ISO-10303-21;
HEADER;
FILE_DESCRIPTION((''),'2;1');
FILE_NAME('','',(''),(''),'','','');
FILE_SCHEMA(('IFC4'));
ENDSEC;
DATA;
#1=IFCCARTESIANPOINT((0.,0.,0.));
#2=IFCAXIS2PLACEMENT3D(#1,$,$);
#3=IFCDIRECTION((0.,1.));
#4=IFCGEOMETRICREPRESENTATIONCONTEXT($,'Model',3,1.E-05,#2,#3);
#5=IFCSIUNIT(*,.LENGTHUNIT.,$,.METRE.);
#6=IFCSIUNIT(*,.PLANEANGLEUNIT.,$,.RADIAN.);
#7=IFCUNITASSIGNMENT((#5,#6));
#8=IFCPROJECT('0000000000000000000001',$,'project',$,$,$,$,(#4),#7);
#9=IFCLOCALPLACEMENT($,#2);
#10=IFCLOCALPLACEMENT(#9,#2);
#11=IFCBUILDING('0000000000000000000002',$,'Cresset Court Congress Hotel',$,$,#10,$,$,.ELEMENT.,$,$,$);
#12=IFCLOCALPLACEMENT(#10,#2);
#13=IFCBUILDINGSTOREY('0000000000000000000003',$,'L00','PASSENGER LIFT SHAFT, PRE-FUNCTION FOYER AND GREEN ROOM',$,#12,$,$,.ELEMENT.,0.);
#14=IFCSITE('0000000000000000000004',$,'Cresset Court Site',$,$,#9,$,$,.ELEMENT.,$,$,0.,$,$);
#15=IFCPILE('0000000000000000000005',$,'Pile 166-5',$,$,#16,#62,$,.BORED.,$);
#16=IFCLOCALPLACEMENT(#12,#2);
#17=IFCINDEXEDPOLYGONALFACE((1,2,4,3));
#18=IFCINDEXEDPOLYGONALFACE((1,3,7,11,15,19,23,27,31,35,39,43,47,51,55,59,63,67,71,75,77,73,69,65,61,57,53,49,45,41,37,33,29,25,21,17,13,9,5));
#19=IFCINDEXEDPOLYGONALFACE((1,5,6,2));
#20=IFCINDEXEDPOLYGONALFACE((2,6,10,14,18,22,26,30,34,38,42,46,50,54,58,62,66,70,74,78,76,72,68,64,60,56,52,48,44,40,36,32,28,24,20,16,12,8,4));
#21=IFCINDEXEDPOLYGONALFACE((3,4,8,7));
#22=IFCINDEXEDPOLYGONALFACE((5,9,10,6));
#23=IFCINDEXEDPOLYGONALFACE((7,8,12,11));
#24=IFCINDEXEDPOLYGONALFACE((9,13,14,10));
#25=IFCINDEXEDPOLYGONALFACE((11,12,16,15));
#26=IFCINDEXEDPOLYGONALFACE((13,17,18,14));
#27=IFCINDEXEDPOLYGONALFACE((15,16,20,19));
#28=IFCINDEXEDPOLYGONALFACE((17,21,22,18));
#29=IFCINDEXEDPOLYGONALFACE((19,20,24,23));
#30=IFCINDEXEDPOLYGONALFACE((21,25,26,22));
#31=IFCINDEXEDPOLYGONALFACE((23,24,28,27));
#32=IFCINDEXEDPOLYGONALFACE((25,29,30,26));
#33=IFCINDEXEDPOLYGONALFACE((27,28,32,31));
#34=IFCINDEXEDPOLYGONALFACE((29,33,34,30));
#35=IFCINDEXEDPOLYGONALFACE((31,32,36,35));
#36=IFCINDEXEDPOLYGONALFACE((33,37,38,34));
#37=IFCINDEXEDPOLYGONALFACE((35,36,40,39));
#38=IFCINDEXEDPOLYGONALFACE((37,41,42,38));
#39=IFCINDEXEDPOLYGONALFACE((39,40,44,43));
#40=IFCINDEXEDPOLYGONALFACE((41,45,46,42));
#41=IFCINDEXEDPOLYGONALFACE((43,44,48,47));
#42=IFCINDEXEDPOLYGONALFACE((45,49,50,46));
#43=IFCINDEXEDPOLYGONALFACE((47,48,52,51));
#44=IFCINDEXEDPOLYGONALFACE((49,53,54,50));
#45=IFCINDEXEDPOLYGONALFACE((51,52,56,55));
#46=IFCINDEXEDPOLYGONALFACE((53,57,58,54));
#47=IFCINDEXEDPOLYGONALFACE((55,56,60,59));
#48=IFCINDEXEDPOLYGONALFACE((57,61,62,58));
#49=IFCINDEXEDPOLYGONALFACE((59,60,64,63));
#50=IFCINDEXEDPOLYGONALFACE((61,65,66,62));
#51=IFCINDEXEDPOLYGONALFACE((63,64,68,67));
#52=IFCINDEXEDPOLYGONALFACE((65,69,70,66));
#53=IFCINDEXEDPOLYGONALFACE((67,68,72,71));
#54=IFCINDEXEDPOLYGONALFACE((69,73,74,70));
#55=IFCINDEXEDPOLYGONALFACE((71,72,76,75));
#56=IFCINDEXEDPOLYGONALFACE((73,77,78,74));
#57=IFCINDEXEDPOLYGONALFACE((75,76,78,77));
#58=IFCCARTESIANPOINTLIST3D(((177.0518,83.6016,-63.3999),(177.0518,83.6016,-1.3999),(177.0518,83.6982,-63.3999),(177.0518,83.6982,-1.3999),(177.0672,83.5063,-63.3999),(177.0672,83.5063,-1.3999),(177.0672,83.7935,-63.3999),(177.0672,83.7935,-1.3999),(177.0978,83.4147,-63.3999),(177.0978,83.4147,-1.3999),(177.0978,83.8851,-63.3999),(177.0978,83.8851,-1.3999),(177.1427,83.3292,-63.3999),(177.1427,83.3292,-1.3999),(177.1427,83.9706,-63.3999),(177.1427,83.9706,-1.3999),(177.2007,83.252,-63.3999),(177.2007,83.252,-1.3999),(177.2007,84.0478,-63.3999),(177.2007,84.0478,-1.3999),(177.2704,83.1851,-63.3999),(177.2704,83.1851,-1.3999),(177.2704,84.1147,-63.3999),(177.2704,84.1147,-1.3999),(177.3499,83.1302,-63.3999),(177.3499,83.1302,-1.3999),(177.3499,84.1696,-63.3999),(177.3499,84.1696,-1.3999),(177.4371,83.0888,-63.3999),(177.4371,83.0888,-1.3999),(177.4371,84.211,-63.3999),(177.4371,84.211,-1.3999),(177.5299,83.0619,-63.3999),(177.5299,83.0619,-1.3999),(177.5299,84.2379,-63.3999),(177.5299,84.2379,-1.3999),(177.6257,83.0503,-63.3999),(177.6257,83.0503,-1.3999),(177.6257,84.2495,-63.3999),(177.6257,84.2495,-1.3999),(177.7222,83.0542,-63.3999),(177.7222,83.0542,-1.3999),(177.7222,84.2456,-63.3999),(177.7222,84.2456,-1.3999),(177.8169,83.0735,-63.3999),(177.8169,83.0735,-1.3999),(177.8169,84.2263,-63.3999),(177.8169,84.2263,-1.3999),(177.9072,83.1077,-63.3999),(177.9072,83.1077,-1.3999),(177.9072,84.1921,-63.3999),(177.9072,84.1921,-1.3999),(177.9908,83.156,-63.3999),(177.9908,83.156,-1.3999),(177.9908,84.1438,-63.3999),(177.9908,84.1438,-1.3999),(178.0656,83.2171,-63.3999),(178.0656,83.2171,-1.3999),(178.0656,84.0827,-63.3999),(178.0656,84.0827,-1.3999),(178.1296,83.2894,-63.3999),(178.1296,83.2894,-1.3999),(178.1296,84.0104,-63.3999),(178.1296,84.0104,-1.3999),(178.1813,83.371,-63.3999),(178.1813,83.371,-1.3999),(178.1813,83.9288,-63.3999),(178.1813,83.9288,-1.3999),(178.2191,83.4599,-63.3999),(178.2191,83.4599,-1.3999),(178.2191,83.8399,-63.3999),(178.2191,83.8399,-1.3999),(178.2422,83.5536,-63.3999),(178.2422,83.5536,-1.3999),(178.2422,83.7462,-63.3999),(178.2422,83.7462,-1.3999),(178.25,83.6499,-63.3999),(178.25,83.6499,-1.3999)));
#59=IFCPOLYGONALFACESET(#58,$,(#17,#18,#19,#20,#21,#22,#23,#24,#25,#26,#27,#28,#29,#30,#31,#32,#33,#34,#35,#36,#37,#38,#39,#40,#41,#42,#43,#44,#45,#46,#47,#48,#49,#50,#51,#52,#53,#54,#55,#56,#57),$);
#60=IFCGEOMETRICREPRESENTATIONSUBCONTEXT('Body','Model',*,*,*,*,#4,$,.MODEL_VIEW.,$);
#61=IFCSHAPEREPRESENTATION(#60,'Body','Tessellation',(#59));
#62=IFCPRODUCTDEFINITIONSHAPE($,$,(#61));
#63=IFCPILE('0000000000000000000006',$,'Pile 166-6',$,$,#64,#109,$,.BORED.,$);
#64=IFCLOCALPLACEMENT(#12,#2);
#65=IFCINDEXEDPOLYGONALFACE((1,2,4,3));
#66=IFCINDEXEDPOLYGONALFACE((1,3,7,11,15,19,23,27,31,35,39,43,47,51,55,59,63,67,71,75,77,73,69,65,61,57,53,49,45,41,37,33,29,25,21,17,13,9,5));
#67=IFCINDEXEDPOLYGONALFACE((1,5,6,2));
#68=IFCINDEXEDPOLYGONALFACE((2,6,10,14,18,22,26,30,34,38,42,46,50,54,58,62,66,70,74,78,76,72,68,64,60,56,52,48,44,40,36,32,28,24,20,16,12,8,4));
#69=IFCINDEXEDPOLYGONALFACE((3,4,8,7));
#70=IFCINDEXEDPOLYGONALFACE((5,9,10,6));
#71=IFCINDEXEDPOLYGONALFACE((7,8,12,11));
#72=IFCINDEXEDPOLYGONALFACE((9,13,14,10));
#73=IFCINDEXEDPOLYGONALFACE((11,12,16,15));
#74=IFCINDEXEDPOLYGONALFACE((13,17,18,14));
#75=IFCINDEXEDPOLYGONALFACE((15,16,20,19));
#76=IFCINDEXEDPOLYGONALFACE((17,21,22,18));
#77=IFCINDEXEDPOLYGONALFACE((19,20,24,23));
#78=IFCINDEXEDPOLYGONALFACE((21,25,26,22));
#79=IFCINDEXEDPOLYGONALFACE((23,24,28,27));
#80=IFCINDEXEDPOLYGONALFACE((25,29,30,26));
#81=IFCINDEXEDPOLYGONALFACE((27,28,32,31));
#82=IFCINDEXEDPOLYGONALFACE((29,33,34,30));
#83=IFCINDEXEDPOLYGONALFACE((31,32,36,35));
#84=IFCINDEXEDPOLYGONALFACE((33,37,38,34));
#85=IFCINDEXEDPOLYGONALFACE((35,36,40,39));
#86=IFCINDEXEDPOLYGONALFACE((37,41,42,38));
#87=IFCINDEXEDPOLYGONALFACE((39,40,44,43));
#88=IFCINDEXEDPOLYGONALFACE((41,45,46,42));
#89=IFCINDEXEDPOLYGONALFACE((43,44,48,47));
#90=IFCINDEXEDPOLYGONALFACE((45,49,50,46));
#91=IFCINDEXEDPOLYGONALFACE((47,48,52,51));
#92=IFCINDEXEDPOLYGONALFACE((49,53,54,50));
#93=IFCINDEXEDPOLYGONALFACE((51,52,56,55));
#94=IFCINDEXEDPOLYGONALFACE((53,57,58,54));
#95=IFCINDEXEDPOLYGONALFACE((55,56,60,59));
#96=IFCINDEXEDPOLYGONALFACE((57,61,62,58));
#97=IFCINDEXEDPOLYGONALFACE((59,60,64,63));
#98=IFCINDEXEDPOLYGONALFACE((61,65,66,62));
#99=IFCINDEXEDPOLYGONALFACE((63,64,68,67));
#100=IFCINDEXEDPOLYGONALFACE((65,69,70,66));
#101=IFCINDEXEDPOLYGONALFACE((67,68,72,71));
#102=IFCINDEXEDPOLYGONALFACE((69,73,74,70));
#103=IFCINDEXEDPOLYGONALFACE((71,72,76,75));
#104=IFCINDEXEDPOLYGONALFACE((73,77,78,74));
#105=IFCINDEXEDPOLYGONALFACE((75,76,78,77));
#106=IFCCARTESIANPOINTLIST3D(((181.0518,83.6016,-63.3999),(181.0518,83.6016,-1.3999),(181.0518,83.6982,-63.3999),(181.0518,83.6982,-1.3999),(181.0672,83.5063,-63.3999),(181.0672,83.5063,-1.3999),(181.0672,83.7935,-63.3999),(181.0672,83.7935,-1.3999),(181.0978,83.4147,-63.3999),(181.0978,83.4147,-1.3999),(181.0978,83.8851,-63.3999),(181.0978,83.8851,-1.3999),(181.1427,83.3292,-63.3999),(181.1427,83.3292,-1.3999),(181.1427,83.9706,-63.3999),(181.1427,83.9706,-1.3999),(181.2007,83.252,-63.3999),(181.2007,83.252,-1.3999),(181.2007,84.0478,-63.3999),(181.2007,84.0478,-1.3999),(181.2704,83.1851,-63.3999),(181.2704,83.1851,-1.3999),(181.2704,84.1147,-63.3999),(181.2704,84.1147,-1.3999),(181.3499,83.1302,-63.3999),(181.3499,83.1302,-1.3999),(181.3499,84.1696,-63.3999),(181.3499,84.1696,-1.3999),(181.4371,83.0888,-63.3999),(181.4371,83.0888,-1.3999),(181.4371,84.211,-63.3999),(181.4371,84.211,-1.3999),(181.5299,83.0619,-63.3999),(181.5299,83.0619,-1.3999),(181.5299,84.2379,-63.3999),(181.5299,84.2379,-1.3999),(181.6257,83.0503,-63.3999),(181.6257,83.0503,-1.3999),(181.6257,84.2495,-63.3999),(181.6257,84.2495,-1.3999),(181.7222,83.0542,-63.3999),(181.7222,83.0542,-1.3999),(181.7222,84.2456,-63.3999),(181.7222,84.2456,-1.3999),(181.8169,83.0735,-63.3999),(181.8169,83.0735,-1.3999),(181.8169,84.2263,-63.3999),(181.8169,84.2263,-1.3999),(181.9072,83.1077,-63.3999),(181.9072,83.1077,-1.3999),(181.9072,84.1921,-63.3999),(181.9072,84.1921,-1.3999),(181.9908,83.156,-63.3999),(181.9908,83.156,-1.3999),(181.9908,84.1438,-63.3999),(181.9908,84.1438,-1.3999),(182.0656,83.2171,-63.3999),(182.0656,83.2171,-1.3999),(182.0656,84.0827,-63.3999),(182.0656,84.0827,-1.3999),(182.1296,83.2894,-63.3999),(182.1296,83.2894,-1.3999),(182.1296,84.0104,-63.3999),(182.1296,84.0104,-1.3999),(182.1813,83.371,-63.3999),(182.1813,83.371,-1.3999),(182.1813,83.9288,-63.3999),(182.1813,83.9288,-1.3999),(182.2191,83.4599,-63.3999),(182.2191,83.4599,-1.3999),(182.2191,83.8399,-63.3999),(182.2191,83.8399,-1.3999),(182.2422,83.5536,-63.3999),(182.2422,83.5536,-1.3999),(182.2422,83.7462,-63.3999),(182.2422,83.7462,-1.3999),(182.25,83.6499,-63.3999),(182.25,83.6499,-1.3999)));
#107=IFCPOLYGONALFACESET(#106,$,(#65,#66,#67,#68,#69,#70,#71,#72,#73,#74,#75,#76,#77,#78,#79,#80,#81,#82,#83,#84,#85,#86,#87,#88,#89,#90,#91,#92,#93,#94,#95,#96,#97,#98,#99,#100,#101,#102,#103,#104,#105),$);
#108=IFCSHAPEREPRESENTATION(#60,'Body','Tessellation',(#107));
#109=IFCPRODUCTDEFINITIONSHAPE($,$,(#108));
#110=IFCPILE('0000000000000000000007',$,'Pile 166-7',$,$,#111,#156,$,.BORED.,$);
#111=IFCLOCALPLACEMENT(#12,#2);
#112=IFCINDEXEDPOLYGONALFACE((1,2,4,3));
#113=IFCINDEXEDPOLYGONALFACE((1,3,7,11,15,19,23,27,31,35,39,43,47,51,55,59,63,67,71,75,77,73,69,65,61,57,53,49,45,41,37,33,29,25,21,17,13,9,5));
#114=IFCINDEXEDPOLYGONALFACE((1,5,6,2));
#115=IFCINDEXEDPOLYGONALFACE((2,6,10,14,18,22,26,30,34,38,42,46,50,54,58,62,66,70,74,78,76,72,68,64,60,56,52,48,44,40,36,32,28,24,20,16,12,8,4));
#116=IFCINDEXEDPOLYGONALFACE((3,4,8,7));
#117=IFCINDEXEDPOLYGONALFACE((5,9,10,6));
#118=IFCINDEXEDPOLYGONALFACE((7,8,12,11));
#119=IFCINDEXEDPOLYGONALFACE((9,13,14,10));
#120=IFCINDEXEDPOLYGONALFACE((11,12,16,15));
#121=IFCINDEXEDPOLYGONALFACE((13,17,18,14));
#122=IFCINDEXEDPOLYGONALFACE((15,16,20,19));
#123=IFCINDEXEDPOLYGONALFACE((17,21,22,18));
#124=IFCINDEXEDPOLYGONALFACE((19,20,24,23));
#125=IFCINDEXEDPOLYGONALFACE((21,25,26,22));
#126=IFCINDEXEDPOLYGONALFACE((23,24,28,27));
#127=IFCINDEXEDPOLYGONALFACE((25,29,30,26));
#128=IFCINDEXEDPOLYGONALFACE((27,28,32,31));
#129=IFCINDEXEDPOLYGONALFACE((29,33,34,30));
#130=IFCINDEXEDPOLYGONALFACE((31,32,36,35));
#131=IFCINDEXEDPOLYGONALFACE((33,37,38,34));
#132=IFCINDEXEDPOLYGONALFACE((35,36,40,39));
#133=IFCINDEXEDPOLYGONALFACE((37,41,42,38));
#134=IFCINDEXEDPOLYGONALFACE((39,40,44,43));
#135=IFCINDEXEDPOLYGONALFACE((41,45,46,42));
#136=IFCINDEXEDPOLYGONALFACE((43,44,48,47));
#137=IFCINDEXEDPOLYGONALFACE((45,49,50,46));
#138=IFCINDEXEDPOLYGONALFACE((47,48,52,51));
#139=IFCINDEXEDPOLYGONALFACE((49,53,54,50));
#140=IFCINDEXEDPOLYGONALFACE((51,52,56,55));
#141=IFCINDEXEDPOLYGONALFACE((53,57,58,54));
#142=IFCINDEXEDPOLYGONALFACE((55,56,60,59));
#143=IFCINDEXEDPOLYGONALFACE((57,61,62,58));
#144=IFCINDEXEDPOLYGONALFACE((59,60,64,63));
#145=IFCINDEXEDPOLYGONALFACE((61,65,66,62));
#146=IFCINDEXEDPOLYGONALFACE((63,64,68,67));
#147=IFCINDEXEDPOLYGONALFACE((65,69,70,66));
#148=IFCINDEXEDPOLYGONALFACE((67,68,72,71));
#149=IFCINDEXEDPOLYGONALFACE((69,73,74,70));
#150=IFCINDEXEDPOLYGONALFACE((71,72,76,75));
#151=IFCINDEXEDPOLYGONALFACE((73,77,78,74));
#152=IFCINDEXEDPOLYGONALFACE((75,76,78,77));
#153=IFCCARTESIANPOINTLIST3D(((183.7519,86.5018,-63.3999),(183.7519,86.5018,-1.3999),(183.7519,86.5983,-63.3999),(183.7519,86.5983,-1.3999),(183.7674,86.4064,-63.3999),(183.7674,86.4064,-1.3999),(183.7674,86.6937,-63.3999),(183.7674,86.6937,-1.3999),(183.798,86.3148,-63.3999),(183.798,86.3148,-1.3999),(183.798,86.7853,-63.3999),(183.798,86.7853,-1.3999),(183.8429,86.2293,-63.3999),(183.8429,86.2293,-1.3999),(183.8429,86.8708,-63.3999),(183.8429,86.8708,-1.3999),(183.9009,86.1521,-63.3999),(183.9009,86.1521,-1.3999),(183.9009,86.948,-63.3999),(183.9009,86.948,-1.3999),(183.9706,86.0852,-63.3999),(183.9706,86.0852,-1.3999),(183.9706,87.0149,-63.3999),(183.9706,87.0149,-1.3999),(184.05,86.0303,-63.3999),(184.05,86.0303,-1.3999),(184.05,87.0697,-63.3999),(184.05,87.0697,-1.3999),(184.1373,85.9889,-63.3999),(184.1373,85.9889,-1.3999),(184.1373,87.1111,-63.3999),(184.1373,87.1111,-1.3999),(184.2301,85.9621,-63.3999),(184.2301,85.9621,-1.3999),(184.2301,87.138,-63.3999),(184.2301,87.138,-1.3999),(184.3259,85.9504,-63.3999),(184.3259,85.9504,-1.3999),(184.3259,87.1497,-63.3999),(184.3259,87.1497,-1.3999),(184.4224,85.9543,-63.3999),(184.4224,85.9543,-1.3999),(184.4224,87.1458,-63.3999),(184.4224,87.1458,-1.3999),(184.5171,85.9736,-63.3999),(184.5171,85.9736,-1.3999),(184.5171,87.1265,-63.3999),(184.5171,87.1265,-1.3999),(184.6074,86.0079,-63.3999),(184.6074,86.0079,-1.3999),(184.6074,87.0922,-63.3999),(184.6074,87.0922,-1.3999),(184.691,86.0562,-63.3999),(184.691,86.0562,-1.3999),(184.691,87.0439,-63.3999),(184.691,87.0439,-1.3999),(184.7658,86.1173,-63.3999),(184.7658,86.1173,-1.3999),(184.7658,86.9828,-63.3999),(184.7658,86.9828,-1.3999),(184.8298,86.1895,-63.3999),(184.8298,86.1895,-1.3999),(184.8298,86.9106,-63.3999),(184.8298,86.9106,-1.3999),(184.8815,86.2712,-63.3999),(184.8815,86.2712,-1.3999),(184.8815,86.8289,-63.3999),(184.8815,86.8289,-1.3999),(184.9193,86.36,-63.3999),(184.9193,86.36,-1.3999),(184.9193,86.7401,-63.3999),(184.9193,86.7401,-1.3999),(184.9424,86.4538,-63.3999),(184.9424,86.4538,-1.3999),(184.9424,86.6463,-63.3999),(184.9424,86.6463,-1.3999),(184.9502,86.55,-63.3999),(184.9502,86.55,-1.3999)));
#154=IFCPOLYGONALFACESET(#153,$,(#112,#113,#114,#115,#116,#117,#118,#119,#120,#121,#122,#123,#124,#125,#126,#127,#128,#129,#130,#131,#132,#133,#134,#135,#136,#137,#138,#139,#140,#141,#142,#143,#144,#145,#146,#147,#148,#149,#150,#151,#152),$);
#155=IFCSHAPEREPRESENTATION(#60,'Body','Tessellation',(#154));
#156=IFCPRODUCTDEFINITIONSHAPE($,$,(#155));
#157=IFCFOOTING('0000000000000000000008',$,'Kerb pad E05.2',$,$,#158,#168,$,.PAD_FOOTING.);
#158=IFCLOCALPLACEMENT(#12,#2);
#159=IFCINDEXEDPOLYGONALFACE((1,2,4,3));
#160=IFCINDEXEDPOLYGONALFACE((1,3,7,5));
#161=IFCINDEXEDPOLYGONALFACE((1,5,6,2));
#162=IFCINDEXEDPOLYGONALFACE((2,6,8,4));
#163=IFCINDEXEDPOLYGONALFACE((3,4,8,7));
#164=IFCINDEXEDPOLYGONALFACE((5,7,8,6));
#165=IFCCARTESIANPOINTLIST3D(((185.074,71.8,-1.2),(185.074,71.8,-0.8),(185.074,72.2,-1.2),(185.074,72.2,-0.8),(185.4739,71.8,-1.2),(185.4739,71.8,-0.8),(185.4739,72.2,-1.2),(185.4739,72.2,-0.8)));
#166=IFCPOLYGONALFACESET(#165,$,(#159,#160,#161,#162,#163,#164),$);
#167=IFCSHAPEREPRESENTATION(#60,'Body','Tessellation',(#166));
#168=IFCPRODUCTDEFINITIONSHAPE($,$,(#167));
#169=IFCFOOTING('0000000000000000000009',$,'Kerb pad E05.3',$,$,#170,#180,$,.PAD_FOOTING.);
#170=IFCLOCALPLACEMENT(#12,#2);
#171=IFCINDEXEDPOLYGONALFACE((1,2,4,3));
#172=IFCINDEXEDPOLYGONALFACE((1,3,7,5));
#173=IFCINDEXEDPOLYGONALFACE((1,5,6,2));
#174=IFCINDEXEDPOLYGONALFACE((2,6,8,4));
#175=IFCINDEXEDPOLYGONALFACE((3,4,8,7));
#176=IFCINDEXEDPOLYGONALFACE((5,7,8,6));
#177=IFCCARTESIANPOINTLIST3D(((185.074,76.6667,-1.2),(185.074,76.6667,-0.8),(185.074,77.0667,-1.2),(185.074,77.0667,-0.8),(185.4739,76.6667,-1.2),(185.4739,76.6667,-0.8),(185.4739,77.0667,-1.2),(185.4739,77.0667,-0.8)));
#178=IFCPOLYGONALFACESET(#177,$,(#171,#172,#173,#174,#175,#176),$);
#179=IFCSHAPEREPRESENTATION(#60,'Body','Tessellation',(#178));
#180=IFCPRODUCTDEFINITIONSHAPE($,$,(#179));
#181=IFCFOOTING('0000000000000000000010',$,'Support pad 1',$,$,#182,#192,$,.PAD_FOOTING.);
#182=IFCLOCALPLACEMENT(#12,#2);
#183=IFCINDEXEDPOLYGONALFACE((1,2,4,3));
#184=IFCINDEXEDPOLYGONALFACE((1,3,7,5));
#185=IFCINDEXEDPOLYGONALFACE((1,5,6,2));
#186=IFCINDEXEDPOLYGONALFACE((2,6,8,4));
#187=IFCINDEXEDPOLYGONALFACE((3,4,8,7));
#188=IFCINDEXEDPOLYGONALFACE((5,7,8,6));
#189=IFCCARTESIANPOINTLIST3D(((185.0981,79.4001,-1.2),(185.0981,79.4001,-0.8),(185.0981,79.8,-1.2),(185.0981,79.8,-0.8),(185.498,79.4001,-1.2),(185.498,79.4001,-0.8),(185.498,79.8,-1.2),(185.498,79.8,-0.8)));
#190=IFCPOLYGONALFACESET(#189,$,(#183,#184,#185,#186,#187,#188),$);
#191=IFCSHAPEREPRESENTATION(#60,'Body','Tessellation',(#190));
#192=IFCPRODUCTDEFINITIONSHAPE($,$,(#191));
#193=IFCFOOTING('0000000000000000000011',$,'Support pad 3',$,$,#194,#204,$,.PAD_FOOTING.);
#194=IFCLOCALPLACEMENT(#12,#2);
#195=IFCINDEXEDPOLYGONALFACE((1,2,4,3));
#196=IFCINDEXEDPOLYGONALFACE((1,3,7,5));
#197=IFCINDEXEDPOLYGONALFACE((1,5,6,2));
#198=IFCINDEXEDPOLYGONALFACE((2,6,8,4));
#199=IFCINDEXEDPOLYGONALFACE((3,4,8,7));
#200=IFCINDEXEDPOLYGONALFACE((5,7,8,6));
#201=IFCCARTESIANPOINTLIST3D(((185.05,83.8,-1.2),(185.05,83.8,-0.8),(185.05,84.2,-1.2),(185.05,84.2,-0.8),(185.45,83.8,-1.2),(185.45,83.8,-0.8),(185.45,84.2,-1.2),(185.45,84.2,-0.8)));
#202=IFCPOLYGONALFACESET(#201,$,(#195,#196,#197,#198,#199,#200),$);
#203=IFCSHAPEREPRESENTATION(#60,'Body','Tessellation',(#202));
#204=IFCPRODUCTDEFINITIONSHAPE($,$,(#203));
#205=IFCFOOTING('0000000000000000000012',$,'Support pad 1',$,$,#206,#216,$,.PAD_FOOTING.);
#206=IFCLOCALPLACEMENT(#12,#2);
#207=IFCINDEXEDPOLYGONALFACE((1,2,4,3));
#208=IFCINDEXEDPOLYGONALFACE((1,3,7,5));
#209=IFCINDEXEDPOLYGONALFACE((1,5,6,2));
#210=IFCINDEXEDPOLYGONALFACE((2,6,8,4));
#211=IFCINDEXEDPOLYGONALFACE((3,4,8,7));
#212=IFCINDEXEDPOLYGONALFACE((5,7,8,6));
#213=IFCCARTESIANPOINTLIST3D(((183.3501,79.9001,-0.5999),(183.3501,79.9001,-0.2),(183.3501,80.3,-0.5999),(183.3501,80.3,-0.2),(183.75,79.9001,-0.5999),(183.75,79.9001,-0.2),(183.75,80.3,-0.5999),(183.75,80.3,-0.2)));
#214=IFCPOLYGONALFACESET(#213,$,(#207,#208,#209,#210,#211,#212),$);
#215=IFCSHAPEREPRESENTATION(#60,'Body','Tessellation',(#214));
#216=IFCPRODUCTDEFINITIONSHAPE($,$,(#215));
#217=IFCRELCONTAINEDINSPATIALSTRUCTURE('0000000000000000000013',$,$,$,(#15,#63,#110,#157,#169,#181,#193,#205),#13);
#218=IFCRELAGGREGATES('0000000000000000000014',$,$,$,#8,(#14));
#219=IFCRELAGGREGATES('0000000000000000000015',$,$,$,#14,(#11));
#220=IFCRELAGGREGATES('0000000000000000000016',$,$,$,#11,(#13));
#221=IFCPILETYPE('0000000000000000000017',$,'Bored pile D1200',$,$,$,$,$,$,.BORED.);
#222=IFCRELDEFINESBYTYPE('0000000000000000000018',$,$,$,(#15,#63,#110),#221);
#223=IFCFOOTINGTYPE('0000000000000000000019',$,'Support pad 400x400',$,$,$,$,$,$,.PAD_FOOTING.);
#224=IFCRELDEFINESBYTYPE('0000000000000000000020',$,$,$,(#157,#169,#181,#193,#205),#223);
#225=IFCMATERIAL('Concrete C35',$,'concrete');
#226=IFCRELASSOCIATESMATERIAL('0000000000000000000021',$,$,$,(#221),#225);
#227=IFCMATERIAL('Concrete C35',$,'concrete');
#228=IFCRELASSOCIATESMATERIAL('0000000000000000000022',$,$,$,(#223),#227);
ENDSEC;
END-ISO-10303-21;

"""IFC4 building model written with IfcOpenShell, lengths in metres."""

from ifc_helpers import new_model, si_unit, direction, frame, origin, origin_2d, place, context, subcontext, project, spatial, rectangle, circle, extrude, material, type_object, element, save


model = new_model("IFC4")

# Units and contexts
model_context = context("Model", 3, precision=1e-05, world=origin(), true_north=direction((0.0, 1.0)))
body_context = subcontext(model_context, "Body", "Model", "MODEL_VIEW")
ifc_project = project(units=[si_unit("LENGTHUNIT", "METRE"), si_unit("PLANEANGLEUNIT", "RADIAN")], contexts=[model_context])

# Site, building, storey
site_placement = place(None, origin())
site = spatial("IfcSite", under=ifc_project, at=site_placement, Name="Cresset Court Site", CompositionType="ELEMENT", RefElevation=0.0)
building_placement = place(site_placement, origin())
building = spatial("IfcBuilding", under=site, at=building_placement, Name="Cresset Court Congress Hotel", CompositionType="ELEMENT")
storey_placement = place(building_placement, origin())
storey = spatial("IfcBuildingStorey", under=building, at=storey_placement, Name="L00", Description="PASSENGER LIFT SHAFT, PRE-FUNCTION FOYER AND GREEN ROOM", CompositionType="ELEMENT", Elevation=0.0)

# Piles
ifc_material_1 = material(Name="Concrete C35", Category="concrete")
pile_type_1 = type_object("IfcPileType", Name="Bored pile D1200", PredefinedType="BORED", material=ifc_material_1)
for number, where, z_axis, x_axis, name in (
    (1, (177.6499, 83.6499, -1.3999), (0.0, 0.0, -1.0), (1.0, 0.0, 0.0), "Pile 166-5"),
    (2, (181.6499, 83.6499, -1.3999), (0.0, 0.0, -1.0), (1.0, 0.0, 0.0), "Pile 166-6"),
    (3, (184.3501, 86.55, -1.3999), (0.0, 0.0, -1.0), (1.0, 0.0, 0.0), "Pile 166-7"),
):
    element("IfcPile", number, at=place(storey_placement, frame(where, z_axis=z_axis, x_axis=x_axis)), inside=storey, type_object=pile_type_1, Name=name, PredefinedType="BORED", context=body_context, shape_type="SweptSolid", body=[
        extrude(circle(Radius=0.6001, at=origin_2d()), origin(), (0.0, 0.0, 1.0), 62.0),
    ])

# Footings
ifc_material_2 = material(Name="Concrete C35", Category="concrete")
footing_type = type_object("IfcFootingType", Name="Support pad 400x400", PredefinedType="PAD_FOOTING", material=ifc_material_2)
for number, where, z_axis, x_axis, name in (
    (4, (185.2739, 72.0, -1.2), (0.0, 0.0, 1.0), (1.0, 0.0, 0.0), "Kerb pad E05.2"),
    (5, (185.2739, 76.8667, -1.2), (0.0, 0.0, 1.0), (1.0, 0.0, 0.0), "Kerb pad E05.3"),
    (6, (185.2981, 79.6001, -1.2), (0.0, 0.0, 1.0), (1.0, 0.0, 0.0), "Support pad 1"),
    (7, (185.25, 84.0, -1.2), (0.0, 0.0, 1.0), (1.0, 0.0, 0.0), "Support pad 3"),
    (8, (183.55, 80.1001, -0.5999), (0.0, 0.0, 1.0), (1.0, 0.0, 0.0), "Support pad 1"),
):
    element("IfcFooting", number, at=place(storey_placement, frame(where, z_axis=z_axis, x_axis=x_axis)), inside=storey, type_object=footing_type, Name=name, PredefinedType="PAD_FOOTING", context=body_context, shape_type="SweptSolid", body=[
        extrude(rectangle(XDim=0.3999, YDim=0.3999, at=origin_2d()), origin(), (0.0, 0.0, 1.0), 0.3999),
    ])

save(model, "model.ifc")
